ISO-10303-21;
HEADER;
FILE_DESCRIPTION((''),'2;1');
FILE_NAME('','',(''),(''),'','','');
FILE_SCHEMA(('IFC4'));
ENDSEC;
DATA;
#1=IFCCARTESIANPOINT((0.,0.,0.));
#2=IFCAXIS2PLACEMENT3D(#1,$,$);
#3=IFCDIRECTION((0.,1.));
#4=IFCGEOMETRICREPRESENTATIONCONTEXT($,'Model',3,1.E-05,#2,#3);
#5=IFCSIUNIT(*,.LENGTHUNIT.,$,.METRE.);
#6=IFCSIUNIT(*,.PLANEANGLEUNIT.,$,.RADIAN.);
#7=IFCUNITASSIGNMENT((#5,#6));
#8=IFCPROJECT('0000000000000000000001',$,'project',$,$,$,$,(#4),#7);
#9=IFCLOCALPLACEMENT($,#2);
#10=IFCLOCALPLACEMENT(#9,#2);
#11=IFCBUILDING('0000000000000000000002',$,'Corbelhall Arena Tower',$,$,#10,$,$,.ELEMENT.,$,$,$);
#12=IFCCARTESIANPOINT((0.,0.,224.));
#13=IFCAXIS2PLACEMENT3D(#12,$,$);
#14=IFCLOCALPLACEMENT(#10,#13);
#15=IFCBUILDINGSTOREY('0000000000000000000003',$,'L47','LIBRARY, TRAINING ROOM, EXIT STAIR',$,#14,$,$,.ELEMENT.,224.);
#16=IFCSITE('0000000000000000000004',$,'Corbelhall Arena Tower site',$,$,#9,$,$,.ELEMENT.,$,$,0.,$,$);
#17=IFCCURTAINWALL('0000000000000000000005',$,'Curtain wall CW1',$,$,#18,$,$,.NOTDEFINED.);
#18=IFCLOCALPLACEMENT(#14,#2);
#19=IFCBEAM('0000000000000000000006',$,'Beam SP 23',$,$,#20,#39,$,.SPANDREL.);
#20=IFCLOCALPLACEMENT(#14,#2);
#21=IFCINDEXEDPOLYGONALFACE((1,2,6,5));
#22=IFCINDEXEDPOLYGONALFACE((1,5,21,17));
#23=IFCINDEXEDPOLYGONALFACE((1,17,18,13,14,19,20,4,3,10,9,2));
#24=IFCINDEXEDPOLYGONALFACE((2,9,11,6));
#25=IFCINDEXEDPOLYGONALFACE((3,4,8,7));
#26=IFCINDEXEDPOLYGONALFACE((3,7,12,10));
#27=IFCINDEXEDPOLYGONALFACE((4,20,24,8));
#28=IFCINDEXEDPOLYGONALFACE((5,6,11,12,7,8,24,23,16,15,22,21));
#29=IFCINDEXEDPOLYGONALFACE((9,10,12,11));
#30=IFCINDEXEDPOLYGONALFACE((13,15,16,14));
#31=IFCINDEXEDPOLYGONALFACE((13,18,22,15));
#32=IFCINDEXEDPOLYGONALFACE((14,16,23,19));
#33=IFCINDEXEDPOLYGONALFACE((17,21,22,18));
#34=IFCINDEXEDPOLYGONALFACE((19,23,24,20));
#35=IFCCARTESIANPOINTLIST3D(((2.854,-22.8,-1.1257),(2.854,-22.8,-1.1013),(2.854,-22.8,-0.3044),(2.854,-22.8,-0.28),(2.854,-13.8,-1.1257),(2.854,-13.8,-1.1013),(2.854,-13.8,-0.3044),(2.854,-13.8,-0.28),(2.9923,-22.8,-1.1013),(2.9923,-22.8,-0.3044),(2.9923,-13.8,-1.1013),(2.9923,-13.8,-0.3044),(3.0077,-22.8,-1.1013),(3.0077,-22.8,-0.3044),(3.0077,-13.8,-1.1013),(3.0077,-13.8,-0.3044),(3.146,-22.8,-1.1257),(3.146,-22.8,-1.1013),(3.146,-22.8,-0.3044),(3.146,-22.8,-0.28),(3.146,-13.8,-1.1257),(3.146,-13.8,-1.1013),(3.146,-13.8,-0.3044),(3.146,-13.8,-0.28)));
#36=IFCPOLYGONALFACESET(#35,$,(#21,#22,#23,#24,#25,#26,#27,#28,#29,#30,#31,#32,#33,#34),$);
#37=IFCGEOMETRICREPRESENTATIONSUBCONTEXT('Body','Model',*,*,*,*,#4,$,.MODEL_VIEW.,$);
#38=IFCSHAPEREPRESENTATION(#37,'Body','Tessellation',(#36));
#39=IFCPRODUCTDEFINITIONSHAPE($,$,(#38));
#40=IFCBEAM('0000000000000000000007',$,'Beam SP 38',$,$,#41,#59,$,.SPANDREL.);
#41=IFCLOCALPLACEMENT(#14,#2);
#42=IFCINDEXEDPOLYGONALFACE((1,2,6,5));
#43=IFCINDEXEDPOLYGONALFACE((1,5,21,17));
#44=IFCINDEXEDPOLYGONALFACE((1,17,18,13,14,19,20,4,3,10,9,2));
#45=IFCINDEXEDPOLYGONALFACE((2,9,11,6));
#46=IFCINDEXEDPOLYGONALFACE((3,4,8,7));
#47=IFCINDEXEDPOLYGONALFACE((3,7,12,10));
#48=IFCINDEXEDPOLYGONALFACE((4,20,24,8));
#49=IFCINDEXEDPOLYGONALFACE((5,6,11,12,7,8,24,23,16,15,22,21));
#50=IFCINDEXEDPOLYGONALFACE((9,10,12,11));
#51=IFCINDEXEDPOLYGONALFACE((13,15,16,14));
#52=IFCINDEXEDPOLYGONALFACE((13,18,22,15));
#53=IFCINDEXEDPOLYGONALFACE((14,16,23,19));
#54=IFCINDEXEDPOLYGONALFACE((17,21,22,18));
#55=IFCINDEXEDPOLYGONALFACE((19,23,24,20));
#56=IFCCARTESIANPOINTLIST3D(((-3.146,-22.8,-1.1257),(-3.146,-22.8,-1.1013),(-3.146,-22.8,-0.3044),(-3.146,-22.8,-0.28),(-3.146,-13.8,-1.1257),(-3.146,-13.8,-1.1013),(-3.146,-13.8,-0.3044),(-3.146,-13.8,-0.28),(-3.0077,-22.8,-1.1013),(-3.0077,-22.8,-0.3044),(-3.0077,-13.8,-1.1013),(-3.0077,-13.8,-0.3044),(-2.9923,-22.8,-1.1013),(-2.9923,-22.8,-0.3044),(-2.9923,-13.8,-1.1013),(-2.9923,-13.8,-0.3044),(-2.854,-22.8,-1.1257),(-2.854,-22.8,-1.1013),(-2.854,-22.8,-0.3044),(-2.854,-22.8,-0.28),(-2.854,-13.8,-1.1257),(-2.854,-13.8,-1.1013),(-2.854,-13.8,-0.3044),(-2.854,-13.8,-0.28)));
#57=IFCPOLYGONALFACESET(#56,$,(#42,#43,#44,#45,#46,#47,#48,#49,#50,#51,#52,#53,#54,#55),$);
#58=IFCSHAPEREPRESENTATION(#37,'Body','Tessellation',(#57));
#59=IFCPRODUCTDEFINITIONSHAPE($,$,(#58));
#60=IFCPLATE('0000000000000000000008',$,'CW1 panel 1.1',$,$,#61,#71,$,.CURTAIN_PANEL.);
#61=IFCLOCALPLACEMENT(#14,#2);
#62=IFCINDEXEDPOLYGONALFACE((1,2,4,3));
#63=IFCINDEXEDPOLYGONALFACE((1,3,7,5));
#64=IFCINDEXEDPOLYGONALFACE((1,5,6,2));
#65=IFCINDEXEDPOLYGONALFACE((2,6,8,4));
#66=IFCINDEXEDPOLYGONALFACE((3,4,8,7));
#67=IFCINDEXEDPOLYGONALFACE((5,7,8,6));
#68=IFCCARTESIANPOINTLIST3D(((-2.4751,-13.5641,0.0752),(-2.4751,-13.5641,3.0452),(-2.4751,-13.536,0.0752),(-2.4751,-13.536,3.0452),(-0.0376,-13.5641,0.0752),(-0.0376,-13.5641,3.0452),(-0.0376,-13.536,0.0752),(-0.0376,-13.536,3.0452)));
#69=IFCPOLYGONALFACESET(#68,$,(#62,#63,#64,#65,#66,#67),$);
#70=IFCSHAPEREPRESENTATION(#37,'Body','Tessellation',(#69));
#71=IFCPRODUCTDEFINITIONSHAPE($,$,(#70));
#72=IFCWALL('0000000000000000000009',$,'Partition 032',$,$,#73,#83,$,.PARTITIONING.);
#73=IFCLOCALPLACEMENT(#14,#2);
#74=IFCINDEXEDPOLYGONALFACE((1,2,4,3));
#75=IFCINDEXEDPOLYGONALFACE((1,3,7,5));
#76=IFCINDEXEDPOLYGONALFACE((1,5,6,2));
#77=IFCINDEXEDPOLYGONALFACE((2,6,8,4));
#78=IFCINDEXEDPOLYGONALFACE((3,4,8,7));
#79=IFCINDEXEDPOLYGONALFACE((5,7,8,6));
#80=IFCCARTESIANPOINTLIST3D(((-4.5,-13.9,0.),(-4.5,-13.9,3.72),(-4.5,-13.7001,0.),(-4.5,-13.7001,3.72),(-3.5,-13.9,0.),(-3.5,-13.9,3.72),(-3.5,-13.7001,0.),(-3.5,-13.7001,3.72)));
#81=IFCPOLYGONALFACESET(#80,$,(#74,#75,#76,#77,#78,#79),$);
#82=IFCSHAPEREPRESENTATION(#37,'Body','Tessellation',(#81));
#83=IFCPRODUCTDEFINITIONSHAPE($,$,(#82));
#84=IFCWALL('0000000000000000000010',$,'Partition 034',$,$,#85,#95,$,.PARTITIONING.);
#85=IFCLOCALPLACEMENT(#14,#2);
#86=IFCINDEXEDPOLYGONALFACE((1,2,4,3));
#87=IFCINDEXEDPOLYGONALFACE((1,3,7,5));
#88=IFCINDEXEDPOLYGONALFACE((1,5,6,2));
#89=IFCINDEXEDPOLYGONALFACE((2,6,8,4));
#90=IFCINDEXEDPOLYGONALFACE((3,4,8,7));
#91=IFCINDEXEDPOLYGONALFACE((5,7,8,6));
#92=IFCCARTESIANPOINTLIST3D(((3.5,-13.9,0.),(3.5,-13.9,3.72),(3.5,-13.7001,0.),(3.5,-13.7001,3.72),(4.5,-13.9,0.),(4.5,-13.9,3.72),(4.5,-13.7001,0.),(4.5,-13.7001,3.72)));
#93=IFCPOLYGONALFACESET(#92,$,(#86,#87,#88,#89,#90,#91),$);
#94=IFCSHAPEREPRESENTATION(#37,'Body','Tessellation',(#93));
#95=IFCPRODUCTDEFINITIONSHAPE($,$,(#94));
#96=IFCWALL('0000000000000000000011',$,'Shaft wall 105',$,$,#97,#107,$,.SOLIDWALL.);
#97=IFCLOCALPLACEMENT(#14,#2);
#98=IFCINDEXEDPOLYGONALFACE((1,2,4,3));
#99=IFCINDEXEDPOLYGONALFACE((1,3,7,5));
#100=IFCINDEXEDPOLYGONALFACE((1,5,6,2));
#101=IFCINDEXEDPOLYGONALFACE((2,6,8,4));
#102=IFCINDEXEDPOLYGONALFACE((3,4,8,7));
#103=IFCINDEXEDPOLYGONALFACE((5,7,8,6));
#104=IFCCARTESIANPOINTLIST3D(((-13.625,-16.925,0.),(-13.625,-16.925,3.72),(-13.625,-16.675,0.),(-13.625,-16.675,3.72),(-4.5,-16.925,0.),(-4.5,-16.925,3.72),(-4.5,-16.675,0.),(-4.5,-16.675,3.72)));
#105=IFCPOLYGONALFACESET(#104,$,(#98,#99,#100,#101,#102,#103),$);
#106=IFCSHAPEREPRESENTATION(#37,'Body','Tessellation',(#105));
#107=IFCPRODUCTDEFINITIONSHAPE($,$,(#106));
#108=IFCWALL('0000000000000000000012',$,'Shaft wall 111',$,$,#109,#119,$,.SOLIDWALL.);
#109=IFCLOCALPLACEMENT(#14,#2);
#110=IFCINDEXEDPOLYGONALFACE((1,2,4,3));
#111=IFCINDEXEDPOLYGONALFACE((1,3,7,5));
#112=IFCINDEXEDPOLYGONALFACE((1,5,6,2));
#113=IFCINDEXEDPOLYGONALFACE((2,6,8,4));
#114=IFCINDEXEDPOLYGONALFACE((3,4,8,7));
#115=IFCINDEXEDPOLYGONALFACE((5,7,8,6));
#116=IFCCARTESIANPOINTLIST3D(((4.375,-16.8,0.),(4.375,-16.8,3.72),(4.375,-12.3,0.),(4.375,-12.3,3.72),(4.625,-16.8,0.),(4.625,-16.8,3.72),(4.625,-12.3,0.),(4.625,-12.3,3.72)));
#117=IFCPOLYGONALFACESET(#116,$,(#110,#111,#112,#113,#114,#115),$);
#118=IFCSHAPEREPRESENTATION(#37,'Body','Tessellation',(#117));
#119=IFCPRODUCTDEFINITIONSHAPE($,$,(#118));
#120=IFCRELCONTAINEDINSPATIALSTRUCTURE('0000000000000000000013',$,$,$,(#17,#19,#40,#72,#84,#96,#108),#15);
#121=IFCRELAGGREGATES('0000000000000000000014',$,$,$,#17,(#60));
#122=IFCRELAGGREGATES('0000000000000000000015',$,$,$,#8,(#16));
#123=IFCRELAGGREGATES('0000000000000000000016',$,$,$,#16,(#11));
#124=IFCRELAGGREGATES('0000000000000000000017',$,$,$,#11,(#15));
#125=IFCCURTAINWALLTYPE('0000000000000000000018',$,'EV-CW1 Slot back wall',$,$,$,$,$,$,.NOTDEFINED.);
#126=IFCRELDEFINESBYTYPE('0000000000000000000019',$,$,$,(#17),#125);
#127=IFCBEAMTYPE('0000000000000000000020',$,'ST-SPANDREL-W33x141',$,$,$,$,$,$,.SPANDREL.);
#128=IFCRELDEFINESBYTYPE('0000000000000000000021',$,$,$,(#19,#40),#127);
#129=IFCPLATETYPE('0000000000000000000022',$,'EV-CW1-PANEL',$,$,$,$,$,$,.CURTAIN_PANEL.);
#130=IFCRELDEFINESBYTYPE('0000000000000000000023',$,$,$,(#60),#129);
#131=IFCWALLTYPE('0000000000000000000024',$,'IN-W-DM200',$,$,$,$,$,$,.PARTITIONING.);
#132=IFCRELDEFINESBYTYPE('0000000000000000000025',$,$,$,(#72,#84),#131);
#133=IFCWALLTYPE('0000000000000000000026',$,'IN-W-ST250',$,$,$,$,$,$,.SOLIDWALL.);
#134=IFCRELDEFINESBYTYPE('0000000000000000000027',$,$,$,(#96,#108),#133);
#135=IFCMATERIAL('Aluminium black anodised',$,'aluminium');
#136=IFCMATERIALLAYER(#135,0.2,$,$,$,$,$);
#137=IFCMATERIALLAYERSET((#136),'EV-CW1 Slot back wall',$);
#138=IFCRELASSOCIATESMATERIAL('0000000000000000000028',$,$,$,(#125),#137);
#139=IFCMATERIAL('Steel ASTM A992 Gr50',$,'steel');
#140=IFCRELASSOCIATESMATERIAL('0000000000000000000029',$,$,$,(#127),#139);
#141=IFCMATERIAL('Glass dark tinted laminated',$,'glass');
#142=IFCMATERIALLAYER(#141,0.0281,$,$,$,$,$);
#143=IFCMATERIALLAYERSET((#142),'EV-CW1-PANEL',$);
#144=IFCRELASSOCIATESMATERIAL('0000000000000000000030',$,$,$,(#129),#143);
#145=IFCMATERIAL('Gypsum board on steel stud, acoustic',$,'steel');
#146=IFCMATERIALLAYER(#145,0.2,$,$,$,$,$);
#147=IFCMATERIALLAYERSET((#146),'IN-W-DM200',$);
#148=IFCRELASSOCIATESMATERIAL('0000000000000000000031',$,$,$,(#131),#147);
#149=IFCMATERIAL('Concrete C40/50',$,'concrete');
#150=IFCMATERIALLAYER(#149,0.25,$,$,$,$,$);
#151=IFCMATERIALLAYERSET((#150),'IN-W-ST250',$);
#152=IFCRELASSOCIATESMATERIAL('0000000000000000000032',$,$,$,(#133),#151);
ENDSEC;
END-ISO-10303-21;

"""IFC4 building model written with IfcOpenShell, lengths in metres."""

from ifc_helpers import new_model, si_unit, direction, frame, frame_2d, origin, origin_2d, place, context, subcontext, project, spatial, rectangle, i_section, extrude, material, layer, layer_set, material_profile, profile_set, type_object, element, aggregate, save


model = new_model("IFC4")

# Units and contexts
model_context = context("Model", 3, precision=1e-05, world=origin(), true_north=direction((0.0, 1.0)))
body_context = subcontext(model_context, "Body", "Model", "MODEL_VIEW")
ifc_project = project(units=[si_unit("LENGTHUNIT", "METRE"), si_unit("PLANEANGLEUNIT", "RADIAN")], contexts=[model_context])

# Site, building, storey
site_placement = place(None, origin())
site = spatial("IfcSite", under=ifc_project, at=site_placement, Name="Corbelhall Arena Tower site", CompositionType="ELEMENT", RefElevation=0.0)
building_placement = place(site_placement, origin())
building = spatial("IfcBuilding", under=site, at=building_placement, Name="Corbelhall Arena Tower", CompositionType="ELEMENT")
storey_placement = place(building_placement, frame((0.0, 0.0, 224.0)))
storey = spatial("IfcBuildingStorey", under=building, at=storey_placement, Name="L47", Description="LIBRARY, TRAINING ROOM, EXIT STAIR", CompositionType="ELEMENT", Elevation=224.0)

# Curtain wall
ifc_material_1 = material(Name="Aluminium black anodised", Category="aluminium")
ifc_layer_1 = layer(ifc_material_1, 0.2)
ifc_layer_set_1 = layer_set([ifc_layer_1], Name="EV-CW1 Slot back wall")
curtain_wall_type = type_object("IfcCurtainWallType", Name="EV-CW1 Slot back wall", PredefinedType="NOTDEFINED", material=ifc_layer_set_1)
curtain_wall_placement = place(storey_placement, origin())
curtain_wall = element("IfcCurtainWall", 1, at=curtain_wall_placement, inside=storey, type_object=curtain_wall_type, Name="Curtain wall CW1", PredefinedType="NOTDEFINED")

# Beams
ifc_material_2 = material(Name="Steel ASTM A992 Gr50", Category="steel")
ifc_material_profile_1 = material_profile(ifc_material_2, i_section(OverallWidth=0.292, OverallDepth=0.8457, WebThickness=0.0154, FlangeThickness=0.0244, at=origin_2d()))
ifc_profile_set_1 = profile_set([ifc_material_profile_1], Name="Steel ASTM A992 Gr50")
beam_type_1 = type_object("IfcBeamType", Name="ST-SPANDREL-W33x141", PredefinedType="SPANDREL", material=ifc_profile_set_1)
for number, where, z_axis, x_axis, name in (
    (2, (3.0, -22.8, -0.7029), (0.0, 1.0, 0.0), (-1.0, 0.0, 0.0), "Beam SP 23"),
    (3, (-3.0, -13.8, -0.7029), (0.0, -1.0, 0.0), (1.0, 0.0, 0.0), "Beam SP 38"),
):
    element("IfcBeam", number, at=place(storey_placement, frame(where, z_axis=z_axis, x_axis=x_axis)), inside=storey, type_object=beam_type_1, Name=name, PredefinedType="SPANDREL", context=body_context, shape_type="SweptSolid", body=[
        extrude(i_section(OverallWidth=0.292, OverallDepth=0.8457, WebThickness=0.0154, FlangeThickness=0.0244, at=origin_2d()), origin(), (0.0, 0.0, 1.0), 9.0),
    ])

# Plate
ifc_material_3 = material(Name="Glass dark tinted laminated", Category="glass")
ifc_layer_2 = layer(ifc_material_3, 0.0281)
ifc_layer_set_2 = layer_set([ifc_layer_2], Name="EV-CW1-PANEL")
plate_type = type_object("IfcPlateType", Name="EV-CW1-PANEL", PredefinedType="CURTAIN_PANEL", material=ifc_layer_set_2)
plate_placement = place(storey_placement, frame((-1.2563, -13.55, 0.0752), z_axis=(0.0, 0.0, 1.0), x_axis=(1.0, 0.0, 0.0)))
plate = element("IfcPlate", 4, at=plate_placement, type_object=plate_type, Name="CW1 panel 1.1", PredefinedType="CURTAIN_PANEL", context=body_context, shape_type="SweptSolid", body=[
    extrude(rectangle(XDim=2.4375, YDim=0.0281, at=origin_2d()), origin(), (0.0, 0.0, 1.0), 2.97),
])
aggregate(curtain_wall, [plate])

# Walls
ifc_material_4 = material(Name="Gypsum board on steel stud, acoustic", Category="steel")
ifc_layer_3 = layer(ifc_material_4, 0.2)
ifc_layer_set_3 = layer_set([ifc_layer_3], Name="IN-W-DM200")
wall_type_1 = type_object("IfcWallType", Name="IN-W-DM200", PredefinedType="PARTITIONING", material=ifc_layer_set_3)
for number, where, z_axis, x_axis, name in (
    (5, (-3.5, -13.8, 0.0), (0.0, 0.0, 1.0), (-1.0, 0.0, 0.0), "Partition 032"),
    (6, (4.5, -13.8, 0.0), (0.0, 0.0, 1.0), (-1.0, 0.0, 0.0), "Partition 034"),
):
    element("IfcWall", number, at=place(storey_placement, frame(where, z_axis=z_axis, x_axis=x_axis)), inside=storey, type_object=wall_type_1, Name=name, PredefinedType="PARTITIONING", context=body_context, shape_type="SweptSolid", body=[
        extrude(rectangle(XDim=1.0, YDim=0.2, at=frame_2d((0.5, 0.0))), origin(), (0.0, 0.0, 1.0), 3.72),
    ])
ifc_material_5 = material(Name="Concrete C40/50", Category="concrete")
ifc_layer_4 = layer(ifc_material_5, 0.25)
ifc_layer_set_4 = layer_set([ifc_layer_4], Name="IN-W-ST250")
wall_type_2 = type_object("IfcWallType", Name="IN-W-ST250", PredefinedType="SOLIDWALL", material=ifc_layer_set_4)
wall_1_placement = place(storey_placement, frame((-4.5, -16.8, 0.0), z_axis=(0.0, 0.0, 1.0), x_axis=(-1.0, 0.0, 0.0)))
element("IfcWall", 7, at=wall_1_placement, inside=storey, type_object=wall_type_2, Name="Shaft wall 105", PredefinedType="SOLIDWALL", context=body_context, shape_type="SweptSolid", body=[
    extrude(rectangle(XDim=9.125, YDim=0.25, at=frame_2d((4.5625, 0.0))), origin(), (0.0, 0.0, 1.0), 3.72),
])
wall_2_placement = place(storey_placement, frame((4.5, -16.8, 0.0), z_axis=(0.0, 0.0, 1.0), x_axis=(0.0, 1.0, 0.0)))
element("IfcWall", 8, at=wall_2_placement, inside=storey, type_object=wall_type_2, Name="Shaft wall 111", PredefinedType="SOLIDWALL", context=body_context, shape_type="SweptSolid", body=[
    extrude(rectangle(XDim=4.5, YDim=0.25, at=frame_2d((2.25, 0.0))), origin(), (0.0, 0.0, 1.0), 3.72),
])

save(model, "model.ifc")
